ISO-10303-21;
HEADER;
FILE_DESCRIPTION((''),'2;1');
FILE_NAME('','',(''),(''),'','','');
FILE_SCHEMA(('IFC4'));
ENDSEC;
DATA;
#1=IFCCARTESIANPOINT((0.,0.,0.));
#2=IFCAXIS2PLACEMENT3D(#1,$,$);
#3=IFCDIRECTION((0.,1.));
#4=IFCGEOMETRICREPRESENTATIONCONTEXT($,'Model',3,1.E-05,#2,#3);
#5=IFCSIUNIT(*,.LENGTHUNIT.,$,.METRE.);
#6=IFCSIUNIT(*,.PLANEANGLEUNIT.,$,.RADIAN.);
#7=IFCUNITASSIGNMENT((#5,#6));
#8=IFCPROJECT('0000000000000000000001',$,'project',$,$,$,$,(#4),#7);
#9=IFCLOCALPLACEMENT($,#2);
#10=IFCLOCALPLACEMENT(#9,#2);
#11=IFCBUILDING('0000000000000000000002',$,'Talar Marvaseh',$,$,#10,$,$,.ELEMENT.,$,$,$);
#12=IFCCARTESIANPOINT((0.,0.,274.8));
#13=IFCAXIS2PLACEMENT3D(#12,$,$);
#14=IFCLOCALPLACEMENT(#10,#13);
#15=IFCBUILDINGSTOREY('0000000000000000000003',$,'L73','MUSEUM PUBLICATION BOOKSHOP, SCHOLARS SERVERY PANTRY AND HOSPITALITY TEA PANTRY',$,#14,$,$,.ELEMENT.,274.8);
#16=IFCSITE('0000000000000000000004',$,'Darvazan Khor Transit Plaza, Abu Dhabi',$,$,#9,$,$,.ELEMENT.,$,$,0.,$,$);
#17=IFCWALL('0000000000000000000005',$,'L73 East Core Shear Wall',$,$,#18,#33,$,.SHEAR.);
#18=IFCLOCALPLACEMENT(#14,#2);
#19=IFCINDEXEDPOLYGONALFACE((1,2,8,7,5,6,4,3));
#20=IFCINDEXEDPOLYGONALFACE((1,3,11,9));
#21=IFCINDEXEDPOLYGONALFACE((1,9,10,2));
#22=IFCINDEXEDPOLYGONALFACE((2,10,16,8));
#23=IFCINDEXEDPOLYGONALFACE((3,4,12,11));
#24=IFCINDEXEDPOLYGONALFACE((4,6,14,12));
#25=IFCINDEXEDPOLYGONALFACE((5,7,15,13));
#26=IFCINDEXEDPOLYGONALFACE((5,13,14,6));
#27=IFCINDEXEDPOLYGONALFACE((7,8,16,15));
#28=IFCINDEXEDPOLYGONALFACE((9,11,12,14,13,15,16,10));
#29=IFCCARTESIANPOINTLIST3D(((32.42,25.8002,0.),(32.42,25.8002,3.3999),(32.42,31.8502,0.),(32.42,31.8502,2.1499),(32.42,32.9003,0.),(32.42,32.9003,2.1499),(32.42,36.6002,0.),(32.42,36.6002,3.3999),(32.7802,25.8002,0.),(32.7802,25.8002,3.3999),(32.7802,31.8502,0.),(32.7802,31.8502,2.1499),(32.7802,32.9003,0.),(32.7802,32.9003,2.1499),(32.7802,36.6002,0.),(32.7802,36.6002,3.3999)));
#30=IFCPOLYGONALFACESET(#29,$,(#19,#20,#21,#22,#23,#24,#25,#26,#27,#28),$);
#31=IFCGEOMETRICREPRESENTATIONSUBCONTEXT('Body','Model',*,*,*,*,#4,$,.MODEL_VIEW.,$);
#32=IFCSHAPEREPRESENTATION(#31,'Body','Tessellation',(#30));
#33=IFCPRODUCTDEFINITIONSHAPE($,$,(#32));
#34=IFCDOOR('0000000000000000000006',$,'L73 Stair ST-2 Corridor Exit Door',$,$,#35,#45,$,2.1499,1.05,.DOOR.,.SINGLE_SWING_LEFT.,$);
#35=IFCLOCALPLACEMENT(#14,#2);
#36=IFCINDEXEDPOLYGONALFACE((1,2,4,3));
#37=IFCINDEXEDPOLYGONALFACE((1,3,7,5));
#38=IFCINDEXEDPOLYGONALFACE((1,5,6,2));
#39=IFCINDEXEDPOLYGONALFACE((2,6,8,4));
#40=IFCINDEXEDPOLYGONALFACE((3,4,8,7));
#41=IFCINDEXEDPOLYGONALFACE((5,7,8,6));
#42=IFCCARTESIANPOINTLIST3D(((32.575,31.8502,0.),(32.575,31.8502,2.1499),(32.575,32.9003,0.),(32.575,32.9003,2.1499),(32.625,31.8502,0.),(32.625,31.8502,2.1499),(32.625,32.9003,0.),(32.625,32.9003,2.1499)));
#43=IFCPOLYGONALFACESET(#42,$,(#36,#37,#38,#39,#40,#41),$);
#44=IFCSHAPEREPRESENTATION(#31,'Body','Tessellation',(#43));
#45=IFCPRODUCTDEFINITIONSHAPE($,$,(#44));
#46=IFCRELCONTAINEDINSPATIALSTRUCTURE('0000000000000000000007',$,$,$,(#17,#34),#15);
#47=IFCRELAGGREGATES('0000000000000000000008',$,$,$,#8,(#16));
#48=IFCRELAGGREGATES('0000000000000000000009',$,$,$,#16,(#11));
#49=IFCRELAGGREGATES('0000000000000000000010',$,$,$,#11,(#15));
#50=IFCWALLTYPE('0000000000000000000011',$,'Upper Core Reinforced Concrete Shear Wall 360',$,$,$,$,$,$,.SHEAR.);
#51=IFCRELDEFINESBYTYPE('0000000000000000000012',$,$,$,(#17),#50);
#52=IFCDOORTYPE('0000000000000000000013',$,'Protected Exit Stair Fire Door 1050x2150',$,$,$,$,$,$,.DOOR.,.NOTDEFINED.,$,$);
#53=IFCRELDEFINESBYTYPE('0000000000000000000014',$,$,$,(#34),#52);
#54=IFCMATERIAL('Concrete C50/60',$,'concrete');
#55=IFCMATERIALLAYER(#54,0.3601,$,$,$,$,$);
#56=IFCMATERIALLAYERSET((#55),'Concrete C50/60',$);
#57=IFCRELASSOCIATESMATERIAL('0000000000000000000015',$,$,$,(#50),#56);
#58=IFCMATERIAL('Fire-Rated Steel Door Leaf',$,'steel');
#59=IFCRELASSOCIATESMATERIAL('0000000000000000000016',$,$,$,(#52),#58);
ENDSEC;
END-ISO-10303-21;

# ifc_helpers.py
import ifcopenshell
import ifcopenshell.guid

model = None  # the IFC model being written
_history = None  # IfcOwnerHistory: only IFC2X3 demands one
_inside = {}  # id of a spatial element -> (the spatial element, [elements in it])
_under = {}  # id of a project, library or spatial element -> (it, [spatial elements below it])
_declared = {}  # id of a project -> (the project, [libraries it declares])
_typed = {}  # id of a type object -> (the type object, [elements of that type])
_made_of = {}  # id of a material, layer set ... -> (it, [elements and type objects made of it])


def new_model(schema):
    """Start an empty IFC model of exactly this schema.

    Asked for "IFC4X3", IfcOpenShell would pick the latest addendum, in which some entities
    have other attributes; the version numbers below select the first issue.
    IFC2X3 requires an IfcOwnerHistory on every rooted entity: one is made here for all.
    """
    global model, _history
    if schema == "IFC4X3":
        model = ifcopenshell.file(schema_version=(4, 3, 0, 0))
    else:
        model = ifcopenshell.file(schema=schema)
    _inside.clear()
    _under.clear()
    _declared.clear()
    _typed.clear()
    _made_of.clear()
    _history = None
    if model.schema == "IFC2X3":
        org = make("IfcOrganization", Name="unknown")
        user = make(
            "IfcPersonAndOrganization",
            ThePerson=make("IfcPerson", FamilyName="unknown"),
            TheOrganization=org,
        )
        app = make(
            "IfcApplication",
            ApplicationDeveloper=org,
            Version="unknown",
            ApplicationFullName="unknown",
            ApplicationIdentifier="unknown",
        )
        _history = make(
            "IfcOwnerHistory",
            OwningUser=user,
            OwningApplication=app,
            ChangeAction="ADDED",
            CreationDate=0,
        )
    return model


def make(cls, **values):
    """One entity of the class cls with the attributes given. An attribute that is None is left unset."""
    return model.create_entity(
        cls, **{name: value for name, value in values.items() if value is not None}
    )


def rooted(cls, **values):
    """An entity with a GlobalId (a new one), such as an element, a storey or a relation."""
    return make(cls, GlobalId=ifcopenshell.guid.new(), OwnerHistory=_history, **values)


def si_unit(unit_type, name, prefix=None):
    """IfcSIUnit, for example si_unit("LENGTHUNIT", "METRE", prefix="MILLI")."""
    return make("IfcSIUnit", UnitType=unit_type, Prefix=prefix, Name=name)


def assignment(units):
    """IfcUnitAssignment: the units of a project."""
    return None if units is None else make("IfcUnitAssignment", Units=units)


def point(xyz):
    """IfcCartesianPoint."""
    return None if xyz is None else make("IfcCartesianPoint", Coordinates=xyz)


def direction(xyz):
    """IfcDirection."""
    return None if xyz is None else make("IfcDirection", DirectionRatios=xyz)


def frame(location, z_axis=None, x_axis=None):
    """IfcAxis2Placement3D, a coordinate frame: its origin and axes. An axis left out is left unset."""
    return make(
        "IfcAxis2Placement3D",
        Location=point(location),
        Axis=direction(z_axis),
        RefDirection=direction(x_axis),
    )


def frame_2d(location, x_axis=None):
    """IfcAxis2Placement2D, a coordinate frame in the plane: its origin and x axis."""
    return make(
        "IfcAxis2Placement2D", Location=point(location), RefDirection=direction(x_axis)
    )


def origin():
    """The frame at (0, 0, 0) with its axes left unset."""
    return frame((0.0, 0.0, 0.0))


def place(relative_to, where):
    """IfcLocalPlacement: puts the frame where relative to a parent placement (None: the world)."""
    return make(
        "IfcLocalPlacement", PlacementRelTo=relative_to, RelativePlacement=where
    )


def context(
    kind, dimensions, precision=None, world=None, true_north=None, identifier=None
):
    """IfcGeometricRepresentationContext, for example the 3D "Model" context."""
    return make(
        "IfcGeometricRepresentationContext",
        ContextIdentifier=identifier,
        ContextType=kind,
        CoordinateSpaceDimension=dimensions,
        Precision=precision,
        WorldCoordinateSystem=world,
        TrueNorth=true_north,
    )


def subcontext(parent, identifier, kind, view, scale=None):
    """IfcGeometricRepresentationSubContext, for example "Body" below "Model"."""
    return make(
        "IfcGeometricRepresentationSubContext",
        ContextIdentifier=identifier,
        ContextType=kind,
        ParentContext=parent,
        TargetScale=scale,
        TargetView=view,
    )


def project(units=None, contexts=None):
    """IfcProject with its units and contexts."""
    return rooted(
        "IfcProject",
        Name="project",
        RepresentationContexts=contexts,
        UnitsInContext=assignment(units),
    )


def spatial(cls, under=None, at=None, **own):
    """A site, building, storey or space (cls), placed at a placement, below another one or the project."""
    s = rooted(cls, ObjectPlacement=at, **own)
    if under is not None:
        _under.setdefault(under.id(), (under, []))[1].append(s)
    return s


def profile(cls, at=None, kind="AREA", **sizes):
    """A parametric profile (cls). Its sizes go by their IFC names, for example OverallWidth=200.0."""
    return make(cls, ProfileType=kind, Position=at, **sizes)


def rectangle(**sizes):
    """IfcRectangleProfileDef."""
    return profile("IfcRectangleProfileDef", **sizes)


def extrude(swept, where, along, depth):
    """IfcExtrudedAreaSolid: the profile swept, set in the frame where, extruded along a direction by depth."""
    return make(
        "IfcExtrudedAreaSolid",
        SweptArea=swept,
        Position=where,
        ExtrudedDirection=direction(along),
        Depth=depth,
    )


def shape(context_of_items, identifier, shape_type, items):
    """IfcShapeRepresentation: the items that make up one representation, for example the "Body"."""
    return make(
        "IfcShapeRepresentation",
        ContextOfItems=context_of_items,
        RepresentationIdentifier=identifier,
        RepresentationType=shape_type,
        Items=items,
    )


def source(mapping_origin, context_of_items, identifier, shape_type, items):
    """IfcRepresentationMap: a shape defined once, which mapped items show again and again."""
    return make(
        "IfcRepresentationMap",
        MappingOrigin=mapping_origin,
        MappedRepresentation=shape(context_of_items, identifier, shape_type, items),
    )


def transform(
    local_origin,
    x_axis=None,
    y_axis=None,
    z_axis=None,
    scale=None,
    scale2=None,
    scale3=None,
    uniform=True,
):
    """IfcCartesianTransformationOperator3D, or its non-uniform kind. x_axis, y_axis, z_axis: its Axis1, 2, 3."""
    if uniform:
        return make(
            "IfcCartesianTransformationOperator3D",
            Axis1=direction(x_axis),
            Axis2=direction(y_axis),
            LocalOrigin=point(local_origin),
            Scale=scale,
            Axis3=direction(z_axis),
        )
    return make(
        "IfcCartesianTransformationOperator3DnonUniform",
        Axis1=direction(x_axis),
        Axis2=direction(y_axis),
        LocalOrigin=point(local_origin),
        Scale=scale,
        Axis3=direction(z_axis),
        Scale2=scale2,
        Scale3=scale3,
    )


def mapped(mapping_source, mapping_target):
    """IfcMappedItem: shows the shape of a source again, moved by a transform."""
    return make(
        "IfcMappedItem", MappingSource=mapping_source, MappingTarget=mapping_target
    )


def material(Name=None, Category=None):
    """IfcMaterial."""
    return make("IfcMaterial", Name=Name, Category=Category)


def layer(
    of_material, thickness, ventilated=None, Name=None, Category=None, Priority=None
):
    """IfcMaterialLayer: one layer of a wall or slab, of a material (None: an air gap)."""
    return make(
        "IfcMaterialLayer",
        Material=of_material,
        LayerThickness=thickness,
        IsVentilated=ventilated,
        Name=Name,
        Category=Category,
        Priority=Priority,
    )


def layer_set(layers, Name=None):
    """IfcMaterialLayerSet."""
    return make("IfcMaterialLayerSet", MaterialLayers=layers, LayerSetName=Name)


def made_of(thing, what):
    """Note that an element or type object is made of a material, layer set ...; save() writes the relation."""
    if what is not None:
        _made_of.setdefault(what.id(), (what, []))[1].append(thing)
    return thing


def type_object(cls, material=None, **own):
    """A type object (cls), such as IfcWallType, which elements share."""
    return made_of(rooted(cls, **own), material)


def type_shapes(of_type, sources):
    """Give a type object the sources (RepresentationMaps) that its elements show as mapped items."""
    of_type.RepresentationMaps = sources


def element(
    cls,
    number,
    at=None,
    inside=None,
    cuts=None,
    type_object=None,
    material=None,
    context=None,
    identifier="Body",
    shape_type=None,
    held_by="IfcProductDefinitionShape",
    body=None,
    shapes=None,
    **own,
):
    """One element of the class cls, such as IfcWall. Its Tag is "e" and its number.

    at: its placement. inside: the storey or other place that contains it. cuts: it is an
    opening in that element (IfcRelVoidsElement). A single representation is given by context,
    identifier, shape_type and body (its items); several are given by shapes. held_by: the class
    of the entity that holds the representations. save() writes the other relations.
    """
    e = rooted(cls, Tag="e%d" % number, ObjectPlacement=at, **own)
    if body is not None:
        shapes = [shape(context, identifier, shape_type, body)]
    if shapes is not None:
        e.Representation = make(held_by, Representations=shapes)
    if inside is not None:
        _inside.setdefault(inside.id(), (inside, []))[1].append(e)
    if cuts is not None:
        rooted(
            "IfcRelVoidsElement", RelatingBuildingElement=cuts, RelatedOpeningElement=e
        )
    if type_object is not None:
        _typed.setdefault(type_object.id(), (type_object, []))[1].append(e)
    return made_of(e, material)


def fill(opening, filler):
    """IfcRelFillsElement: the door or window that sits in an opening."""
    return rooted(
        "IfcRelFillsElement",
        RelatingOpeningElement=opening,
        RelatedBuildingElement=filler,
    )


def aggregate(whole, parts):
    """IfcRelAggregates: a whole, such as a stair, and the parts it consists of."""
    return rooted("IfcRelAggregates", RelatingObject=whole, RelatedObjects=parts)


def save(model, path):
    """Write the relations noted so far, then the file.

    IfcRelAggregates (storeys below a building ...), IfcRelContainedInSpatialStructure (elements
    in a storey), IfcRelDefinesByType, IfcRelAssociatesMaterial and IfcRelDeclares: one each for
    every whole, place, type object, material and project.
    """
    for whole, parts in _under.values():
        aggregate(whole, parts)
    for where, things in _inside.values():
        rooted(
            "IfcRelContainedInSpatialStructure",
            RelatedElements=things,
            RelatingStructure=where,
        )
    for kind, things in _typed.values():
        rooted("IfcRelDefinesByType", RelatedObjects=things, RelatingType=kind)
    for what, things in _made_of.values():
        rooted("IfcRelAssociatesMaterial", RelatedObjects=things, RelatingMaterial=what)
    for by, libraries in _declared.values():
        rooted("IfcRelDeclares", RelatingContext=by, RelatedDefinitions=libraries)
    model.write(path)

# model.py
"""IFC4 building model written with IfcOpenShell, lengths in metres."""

from ifc_helpers import new_model, si_unit, direction, frame, frame_2d, origin, place, context, subcontext, project, spatial, rectangle, extrude, source, transform, mapped, material, layer, layer_set, type_object, type_shapes, element, fill, save


model = new_model("IFC4")

# Units and contexts
model_context = context("Model", 3, precision=1e-05, world=origin(), true_north=direction((0.0, 1.0)))
body_context = subcontext(model_context, "Body", "Model", "MODEL_VIEW")
ifc_project = project(units=[si_unit("LENGTHUNIT", "METRE"), si_unit("PLANEANGLEUNIT", "RADIAN")], contexts=[model_context])

# Site, building, storey
site_placement = place(None, origin())
site = spatial("IfcSite", under=ifc_project, at=site_placement, Name="Darvazan Khor Transit Plaza, Abu Dhabi", CompositionType="ELEMENT", RefElevation=0.0)
building_placement = place(site_placement, origin())
building = spatial("IfcBuilding", under=site, at=building_placement, Name="Talar Marvaseh", CompositionType="ELEMENT")
storey_placement = place(building_placement, frame((0.0, 0.0, 274.8)))
storey = spatial("IfcBuildingStorey", under=building, at=storey_placement, Name="L73", Description="MUSEUM PUBLICATION BOOKSHOP, SCHOLARS SERVERY PANTRY AND HOSPITALITY TEA PANTRY", CompositionType="ELEMENT", Elevation=274.8)

# Shared definitions
ifc_material_1 = material(Name="Concrete C50/60", Category="concrete")

# Wall, opening, door
ifc_layer_1 = layer(ifc_material_1, 0.3601)
ifc_layer_set_1 = layer_set([ifc_layer_1], Name="Concrete C50/60")
wall_type_1 = type_object("IfcWallType", Name="Upper Core Reinforced Concrete Shear Wall 360", PredefinedType="SHEAR", material=ifc_layer_set_1)
wall_1_placement = place(storey_placement, frame((32.6001, 36.6001, 0.0), z_axis=(0.0, 0.0, 1.0), x_axis=(0.0, -1.0, 0.0)))
wall_1 = element("IfcWall", 1, at=wall_1_placement, inside=storey, type_object=wall_type_1, Name="L73 East Core Shear Wall", PredefinedType="SHEAR", context=body_context, shape_type="SweptSolid", body=[
    extrude(rectangle(XDim=10.8, YDim=0.3601, at=frame_2d((5.3999, 0.0))), origin(), (0.0, 0.0, 1.0), 3.3999),
])
opening_placement = place(wall_1_placement, frame((3.7, 0.0, 0.0)))
opening = element("IfcOpeningElement", 2, at=opening_placement, cuts=wall_1, PredefinedType="OPENING", context=body_context, shape_type="SweptSolid", body=[
    extrude(rectangle(XDim=1.05, YDim=2.1499, at=frame_2d((0.5249, 1.075))), frame((0.0, 0.1899, 0.0), z_axis=(0.0, -1.0, 0.0), x_axis=(1.0, 0.0, 0.0)), (0.0, 0.0, 1.0), 0.3801),
])
ifc_material_2 = material(Name="Fire-Rated Steel Door Leaf", Category="steel")
door_type = type_object("IfcDoorType", Name="Protected Exit Stair Fire Door 1050x2150", OperationType="NOTDEFINED", PredefinedType="DOOR", material=ifc_material_2)
shared_shape_1 = source(origin(), body_context, "Body", "SweptSolid", [
    extrude(rectangle(XDim=1.05, YDim=2.1499, at=frame_2d((0.5249, 1.075))), frame((0.0, 0.0249, 0.0), z_axis=(0.0, -1.0, 0.0), x_axis=(1.0, 0.0, 0.0)), (0.0, 0.0, 1.0), 0.05),
])
type_shapes(door_type, [shared_shape_1])
door_placement = place(opening_placement, origin())
door = element("IfcDoor", 3, at=door_placement, inside=storey, type_object=door_type, Name="L73 Stair ST-2 Corridor Exit Door", OperationType="SINGLE_SWING_LEFT", OverallHeight=2.1499, OverallWidth=1.05, PredefinedType="DOOR", context=body_context, shape_type="MappedRepresentation", body=[
    mapped(shared_shape_1, transform((0.0, 0.0, 0.0), x_axis=(1.0, 0.0, 0.0), y_axis=(0.0, 1.0, 0.0), z_axis=(0.0, 0.0, 1.0), scale=1.0)),
])
fill(opening, door)

save(model, "model.ifc")
